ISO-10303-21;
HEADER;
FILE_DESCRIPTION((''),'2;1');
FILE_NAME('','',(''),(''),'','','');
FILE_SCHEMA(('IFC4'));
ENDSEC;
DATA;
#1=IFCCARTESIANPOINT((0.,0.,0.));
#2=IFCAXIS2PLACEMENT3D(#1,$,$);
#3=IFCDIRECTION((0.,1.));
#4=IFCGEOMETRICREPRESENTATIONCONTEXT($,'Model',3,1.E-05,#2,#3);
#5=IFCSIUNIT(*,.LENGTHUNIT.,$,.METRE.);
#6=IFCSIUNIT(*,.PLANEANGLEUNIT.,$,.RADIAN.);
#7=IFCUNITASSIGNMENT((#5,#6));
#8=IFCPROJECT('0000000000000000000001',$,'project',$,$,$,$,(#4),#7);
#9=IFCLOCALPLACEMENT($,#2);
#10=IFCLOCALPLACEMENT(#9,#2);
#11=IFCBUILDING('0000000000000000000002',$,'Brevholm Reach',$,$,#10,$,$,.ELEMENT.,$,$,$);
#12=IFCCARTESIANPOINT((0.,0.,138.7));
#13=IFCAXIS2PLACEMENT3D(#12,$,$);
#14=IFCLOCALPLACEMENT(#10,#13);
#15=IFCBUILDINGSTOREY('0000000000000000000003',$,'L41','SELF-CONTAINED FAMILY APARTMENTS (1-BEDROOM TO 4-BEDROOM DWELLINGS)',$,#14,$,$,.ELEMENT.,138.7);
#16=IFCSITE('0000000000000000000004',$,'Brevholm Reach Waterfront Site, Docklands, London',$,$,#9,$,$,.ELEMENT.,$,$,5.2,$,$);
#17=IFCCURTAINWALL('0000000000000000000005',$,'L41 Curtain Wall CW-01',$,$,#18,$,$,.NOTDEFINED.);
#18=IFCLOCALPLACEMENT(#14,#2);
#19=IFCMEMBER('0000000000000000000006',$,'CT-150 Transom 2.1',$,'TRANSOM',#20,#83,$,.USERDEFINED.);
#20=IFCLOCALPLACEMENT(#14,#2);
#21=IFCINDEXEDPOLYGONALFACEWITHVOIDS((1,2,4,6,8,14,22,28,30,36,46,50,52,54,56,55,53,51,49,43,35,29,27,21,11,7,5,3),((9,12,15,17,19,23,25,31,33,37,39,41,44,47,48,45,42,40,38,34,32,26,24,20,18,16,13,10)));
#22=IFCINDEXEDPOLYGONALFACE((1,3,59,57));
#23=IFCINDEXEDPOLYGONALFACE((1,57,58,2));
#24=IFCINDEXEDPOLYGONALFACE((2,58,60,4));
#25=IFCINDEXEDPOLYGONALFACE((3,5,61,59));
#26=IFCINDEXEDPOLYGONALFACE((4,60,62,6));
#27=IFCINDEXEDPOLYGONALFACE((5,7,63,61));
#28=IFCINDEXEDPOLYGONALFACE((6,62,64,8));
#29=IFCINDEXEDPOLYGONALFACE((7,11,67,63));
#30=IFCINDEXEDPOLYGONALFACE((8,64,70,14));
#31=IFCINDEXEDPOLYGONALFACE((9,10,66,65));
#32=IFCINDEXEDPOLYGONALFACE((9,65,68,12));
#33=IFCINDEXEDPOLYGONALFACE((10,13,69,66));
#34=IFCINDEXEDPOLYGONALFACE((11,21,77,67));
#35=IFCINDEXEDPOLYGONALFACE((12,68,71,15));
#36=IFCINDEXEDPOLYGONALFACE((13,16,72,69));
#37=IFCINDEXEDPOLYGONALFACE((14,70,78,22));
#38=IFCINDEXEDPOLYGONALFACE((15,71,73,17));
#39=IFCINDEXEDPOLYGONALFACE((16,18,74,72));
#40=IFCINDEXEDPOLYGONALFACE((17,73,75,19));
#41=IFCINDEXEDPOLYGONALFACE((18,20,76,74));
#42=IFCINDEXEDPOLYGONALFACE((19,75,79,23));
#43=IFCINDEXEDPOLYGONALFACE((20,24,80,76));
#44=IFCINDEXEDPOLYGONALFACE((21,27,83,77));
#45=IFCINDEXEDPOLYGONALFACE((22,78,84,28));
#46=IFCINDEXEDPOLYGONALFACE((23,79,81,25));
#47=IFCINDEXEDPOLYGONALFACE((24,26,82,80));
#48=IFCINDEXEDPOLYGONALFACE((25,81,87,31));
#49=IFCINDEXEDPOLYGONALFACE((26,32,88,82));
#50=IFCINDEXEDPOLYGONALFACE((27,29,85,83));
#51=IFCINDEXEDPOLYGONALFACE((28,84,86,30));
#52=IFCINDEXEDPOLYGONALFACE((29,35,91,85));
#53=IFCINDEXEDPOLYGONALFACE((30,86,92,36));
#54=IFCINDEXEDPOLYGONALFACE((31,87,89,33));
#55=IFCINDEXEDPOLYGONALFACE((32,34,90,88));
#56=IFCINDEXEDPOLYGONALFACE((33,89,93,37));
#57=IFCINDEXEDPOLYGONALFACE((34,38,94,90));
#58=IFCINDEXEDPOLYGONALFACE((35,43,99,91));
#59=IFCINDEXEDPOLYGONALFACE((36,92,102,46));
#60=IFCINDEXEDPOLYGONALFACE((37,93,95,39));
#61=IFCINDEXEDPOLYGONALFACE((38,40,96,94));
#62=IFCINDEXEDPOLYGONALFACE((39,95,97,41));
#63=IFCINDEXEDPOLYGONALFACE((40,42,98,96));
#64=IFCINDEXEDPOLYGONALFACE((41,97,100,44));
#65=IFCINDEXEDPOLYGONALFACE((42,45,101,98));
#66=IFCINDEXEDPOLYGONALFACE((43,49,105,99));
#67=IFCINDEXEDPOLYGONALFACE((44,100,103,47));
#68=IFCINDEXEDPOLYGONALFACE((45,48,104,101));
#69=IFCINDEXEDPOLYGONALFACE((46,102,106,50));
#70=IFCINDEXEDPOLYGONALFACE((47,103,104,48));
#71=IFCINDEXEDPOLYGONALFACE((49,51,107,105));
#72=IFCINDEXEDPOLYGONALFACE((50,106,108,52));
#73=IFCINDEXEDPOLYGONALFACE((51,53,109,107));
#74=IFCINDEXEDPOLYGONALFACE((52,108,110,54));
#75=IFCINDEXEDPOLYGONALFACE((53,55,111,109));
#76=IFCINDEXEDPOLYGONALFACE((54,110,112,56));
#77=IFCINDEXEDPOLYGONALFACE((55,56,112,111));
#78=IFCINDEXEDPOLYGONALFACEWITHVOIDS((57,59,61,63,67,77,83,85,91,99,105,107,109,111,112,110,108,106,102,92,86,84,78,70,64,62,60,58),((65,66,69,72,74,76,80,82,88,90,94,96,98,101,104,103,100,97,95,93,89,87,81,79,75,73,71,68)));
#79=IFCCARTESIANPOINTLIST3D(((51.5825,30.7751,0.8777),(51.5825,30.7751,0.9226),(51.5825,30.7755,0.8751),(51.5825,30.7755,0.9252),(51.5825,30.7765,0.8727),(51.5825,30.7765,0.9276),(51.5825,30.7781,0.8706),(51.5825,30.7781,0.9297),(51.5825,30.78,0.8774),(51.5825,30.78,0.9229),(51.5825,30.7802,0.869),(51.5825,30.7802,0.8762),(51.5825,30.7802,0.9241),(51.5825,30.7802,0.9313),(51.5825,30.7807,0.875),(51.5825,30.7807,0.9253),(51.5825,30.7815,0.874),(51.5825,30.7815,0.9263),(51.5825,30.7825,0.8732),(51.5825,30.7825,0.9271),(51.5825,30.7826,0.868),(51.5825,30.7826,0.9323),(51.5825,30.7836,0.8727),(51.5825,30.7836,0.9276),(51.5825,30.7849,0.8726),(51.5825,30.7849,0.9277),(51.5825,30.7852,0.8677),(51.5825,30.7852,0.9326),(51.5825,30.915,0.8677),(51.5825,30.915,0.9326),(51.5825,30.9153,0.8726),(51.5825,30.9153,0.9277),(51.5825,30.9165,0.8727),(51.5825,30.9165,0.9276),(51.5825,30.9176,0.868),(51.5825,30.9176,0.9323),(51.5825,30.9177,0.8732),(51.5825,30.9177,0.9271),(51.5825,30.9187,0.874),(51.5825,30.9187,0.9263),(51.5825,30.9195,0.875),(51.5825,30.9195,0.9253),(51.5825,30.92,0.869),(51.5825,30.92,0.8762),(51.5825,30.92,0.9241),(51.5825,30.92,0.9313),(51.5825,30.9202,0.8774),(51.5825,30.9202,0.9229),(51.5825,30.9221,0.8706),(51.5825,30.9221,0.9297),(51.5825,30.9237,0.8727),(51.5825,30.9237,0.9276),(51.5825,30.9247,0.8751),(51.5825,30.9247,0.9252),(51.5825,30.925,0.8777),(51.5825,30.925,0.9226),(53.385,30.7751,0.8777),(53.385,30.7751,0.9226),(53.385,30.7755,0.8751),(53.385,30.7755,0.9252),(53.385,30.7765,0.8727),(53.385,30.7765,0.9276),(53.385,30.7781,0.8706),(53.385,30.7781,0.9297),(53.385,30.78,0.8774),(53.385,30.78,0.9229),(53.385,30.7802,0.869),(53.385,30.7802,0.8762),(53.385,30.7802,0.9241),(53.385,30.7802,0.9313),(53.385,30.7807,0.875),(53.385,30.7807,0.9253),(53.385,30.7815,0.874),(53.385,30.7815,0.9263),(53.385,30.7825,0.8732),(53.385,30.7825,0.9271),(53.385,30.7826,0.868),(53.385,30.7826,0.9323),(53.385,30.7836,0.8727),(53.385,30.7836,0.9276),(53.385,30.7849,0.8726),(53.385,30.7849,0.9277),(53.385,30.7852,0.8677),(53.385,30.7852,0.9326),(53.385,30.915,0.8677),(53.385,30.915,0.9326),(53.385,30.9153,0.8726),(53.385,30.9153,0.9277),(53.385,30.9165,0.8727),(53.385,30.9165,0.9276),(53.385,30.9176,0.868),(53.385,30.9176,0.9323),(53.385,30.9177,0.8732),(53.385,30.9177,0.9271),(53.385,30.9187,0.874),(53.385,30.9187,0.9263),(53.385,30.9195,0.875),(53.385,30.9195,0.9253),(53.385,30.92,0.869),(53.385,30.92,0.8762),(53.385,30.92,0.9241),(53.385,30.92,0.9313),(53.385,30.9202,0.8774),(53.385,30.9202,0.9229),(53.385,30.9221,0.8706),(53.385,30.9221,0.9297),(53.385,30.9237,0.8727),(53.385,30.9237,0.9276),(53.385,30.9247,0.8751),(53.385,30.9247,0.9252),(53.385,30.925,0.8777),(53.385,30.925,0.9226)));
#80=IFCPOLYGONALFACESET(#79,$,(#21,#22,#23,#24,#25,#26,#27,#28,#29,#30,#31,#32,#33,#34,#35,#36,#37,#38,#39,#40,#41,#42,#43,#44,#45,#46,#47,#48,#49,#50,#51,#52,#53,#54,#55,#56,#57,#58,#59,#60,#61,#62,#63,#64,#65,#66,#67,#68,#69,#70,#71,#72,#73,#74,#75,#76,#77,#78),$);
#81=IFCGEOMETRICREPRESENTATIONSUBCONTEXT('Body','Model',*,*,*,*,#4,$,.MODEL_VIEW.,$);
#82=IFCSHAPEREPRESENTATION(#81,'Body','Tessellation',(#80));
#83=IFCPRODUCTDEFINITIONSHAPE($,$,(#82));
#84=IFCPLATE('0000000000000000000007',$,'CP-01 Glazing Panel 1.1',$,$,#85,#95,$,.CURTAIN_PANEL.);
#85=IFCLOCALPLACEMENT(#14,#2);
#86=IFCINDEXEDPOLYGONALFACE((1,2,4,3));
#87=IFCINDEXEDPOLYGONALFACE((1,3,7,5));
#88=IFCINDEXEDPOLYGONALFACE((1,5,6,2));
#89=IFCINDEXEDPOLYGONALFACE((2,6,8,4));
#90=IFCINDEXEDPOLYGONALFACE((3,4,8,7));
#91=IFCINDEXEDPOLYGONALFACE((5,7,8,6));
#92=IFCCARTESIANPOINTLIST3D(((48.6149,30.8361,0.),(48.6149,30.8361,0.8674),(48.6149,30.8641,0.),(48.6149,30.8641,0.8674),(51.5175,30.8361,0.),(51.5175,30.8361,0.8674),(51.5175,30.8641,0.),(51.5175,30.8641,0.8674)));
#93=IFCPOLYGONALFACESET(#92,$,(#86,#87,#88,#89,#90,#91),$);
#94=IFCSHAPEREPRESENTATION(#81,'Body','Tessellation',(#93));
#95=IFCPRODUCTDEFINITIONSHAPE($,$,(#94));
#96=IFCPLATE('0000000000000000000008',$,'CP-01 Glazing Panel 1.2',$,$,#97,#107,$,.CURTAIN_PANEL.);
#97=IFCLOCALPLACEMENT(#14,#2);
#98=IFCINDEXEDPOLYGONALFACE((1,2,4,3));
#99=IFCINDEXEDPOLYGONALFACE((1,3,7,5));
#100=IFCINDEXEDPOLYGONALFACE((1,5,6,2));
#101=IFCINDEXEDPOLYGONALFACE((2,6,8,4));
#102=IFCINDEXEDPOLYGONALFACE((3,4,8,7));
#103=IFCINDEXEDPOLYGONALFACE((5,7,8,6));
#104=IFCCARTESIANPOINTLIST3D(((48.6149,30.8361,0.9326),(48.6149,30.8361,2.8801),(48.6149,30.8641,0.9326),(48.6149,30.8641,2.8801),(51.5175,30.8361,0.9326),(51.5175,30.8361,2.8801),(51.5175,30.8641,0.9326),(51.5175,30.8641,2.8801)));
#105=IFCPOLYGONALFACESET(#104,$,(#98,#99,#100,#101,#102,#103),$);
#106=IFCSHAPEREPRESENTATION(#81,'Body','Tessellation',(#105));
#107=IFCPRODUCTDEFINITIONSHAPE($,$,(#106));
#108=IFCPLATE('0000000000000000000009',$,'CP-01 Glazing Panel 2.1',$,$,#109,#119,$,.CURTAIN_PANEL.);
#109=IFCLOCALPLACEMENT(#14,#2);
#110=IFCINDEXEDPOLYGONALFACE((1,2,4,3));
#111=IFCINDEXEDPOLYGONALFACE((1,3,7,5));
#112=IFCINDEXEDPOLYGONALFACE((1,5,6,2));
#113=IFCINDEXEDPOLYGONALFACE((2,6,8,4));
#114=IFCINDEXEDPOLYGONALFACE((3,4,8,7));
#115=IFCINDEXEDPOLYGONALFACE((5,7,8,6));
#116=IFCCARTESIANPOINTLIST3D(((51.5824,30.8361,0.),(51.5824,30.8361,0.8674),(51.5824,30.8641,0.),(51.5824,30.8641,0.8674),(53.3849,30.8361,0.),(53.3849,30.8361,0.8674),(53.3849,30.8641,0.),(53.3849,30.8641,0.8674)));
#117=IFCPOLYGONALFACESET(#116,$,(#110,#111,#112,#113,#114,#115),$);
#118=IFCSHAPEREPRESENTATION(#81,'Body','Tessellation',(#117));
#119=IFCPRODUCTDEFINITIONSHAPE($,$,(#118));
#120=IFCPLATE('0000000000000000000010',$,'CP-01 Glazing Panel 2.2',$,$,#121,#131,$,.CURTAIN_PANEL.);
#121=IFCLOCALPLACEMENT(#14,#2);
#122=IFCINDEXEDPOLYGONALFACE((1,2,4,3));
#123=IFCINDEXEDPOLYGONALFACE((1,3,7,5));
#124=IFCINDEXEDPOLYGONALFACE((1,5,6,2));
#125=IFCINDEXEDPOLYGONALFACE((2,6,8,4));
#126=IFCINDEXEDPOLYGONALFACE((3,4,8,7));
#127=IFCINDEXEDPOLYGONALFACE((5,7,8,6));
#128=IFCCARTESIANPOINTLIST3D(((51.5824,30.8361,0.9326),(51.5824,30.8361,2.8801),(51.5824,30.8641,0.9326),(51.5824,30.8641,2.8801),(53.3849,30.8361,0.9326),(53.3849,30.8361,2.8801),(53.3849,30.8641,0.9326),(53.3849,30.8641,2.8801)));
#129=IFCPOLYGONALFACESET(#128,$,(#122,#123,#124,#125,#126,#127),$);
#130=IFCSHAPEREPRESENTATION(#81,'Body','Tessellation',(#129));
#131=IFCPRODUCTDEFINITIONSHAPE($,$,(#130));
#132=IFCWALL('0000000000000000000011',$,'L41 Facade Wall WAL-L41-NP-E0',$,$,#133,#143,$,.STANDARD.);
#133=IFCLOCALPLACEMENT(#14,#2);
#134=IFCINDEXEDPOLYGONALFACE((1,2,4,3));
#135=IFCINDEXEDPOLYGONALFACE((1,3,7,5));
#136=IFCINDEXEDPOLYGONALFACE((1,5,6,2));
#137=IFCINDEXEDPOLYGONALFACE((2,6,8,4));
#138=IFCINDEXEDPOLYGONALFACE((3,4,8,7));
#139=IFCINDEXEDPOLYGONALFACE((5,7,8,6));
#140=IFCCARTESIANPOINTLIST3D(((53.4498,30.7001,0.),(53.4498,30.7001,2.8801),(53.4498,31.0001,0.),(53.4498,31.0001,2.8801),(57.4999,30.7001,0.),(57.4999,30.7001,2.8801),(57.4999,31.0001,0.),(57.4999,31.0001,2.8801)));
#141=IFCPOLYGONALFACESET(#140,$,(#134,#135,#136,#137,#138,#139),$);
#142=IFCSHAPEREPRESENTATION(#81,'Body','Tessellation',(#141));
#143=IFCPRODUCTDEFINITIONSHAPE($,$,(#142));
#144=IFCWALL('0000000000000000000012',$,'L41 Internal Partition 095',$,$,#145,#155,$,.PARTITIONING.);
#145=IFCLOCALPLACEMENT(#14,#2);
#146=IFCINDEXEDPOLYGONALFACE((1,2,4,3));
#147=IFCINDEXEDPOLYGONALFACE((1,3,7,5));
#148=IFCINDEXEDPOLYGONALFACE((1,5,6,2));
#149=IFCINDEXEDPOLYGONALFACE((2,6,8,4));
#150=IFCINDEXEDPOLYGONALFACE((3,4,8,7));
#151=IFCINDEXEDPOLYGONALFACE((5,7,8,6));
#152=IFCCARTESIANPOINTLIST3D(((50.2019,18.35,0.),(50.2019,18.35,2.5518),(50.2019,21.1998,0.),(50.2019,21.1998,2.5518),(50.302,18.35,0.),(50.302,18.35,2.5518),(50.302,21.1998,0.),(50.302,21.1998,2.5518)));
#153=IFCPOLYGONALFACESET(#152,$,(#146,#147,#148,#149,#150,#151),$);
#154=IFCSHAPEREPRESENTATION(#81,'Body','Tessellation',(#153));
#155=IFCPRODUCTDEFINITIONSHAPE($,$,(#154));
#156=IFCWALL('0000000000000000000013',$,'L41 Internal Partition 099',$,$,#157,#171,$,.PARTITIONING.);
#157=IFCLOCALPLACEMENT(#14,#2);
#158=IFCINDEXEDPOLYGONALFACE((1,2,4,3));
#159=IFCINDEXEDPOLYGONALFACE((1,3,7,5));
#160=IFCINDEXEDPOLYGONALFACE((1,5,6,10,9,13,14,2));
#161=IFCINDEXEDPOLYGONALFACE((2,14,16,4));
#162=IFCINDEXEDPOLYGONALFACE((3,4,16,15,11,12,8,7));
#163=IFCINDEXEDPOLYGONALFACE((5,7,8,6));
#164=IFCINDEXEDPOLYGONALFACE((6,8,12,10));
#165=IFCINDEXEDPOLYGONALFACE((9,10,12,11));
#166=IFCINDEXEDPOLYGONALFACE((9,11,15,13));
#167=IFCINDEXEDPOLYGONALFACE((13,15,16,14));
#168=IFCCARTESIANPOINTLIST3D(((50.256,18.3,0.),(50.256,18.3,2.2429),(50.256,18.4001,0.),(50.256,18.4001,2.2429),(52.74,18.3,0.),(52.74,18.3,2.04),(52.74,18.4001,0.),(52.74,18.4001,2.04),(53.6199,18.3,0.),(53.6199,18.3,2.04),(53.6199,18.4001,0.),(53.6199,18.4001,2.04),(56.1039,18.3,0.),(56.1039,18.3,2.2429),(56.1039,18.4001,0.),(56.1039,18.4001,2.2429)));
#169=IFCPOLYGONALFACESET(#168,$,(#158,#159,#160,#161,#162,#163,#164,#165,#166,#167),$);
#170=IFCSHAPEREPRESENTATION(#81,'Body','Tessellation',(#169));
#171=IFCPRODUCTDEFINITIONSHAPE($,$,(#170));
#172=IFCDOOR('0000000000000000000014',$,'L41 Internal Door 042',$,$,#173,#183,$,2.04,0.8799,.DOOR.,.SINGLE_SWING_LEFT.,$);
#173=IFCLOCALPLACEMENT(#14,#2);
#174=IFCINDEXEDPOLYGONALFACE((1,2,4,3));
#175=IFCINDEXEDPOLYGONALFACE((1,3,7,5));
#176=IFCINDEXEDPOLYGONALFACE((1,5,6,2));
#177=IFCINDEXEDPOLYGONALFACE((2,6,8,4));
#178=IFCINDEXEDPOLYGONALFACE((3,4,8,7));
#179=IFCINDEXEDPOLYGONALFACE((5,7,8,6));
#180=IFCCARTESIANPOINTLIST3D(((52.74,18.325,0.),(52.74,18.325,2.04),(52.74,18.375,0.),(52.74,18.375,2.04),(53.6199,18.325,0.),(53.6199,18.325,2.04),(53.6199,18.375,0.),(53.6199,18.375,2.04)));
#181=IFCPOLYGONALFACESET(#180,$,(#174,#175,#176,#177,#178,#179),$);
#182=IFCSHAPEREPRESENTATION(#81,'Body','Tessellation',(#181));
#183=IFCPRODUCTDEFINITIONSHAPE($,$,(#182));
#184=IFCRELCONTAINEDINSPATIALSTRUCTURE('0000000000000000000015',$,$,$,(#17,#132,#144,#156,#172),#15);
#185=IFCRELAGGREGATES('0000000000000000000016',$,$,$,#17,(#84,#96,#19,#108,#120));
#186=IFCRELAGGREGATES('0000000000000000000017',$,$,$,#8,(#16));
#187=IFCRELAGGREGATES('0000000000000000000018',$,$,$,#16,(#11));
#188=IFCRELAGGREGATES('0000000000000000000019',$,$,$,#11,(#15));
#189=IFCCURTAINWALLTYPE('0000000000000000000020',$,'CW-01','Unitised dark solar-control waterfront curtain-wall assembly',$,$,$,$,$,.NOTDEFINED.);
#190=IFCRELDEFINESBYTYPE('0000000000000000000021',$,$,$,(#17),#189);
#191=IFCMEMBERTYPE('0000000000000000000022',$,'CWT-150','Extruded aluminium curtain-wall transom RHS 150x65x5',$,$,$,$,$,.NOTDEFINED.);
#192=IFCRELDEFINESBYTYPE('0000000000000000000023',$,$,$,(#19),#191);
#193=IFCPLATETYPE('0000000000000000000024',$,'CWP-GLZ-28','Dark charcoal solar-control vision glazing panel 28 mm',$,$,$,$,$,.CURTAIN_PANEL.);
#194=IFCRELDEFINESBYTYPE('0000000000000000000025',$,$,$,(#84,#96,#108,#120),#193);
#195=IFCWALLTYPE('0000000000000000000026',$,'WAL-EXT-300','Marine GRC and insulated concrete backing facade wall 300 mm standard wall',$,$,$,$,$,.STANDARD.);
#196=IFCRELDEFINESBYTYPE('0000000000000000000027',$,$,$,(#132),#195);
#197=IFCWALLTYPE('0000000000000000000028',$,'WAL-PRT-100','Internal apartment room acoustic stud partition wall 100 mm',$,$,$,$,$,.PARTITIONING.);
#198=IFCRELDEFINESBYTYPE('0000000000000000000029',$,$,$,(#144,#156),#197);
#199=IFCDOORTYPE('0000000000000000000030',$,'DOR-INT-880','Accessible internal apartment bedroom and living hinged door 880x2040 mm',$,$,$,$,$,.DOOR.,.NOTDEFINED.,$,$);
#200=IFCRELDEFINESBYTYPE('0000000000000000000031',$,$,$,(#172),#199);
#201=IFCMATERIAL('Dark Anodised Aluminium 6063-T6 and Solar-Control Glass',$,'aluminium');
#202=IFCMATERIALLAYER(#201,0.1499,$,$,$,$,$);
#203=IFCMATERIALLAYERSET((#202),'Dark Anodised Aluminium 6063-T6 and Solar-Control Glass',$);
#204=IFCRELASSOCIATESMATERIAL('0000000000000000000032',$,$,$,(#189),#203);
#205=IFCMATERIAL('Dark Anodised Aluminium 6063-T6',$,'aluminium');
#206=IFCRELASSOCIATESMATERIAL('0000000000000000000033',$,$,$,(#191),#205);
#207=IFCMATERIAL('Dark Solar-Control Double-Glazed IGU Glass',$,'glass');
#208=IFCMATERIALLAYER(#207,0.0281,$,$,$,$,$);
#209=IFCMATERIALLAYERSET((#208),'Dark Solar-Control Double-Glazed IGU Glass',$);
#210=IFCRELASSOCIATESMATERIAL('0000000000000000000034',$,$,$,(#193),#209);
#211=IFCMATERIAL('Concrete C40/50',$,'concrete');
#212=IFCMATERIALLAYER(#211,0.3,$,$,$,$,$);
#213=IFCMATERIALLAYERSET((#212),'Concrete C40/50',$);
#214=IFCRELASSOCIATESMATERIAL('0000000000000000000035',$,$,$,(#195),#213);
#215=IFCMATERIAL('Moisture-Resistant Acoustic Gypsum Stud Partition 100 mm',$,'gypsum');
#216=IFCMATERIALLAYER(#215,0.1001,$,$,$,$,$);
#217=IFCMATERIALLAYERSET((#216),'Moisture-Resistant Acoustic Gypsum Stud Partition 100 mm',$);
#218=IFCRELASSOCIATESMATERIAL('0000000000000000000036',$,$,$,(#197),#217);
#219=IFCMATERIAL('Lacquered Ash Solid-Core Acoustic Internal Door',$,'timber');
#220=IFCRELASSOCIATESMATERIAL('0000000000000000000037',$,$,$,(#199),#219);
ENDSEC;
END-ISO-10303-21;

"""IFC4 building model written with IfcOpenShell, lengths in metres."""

from ifc_helpers import new_model, si_unit, direction, frame, frame_2d, origin, origin_2d, place, context, subcontext, project, spatial, rectangle, hollow_rectangle, extrude, material, layer, layer_set, material_profile, profile_set, type_object, element, fill, aggregate, save


model = new_model("IFC4")

# Units and contexts
model_context = context("Model", 3, precision=1e-05, world=origin(), true_north=direction((0.0, 1.0)))
body_context = subcontext(model_context, "Body", "Model", "MODEL_VIEW")
ifc_project = project(units=[si_unit("LENGTHUNIT", "METRE"), si_unit("PLANEANGLEUNIT", "RADIAN")], contexts=[model_context])

# Site, building, storey
site_placement = place(None, origin())
site = spatial("IfcSite", under=ifc_project, at=site_placement, Name="Brevholm Reach Waterfront Site, Docklands, London", CompositionType="ELEMENT", RefElevation=5.2)
building_placement = place(site_placement, origin())
building = spatial("IfcBuilding", under=site, at=building_placement, Name="Brevholm Reach", CompositionType="ELEMENT")
storey_placement = place(building_placement, frame((0.0, 0.0, 138.7)))
storey = spatial("IfcBuildingStorey", under=building, at=storey_placement, Name="L41", Description="SELF-CONTAINED FAMILY APARTMENTS (1-BEDROOM TO 4-BEDROOM DWELLINGS)", CompositionType="ELEMENT", Elevation=138.7)

# Curtain wall, member, plates
ifc_material_1 = material(Name="Dark Anodised Aluminium 6063-T6 and Solar-Control Glass", Category="aluminium")
ifc_layer_1 = layer(ifc_material_1, 0.1499)
ifc_layer_set_1 = layer_set([ifc_layer_1], Name="Dark Anodised Aluminium 6063-T6 and Solar-Control Glass")
curtain_wall_type = type_object("IfcCurtainWallType", Name="CW-01", Description="Unitised dark solar-control waterfront curtain-wall assembly", PredefinedType="NOTDEFINED", material=ifc_layer_set_1)
curtain_wall_placement = place(storey_placement, origin())
curtain_wall = element("IfcCurtainWall", 1, at=curtain_wall_placement, inside=storey, type_object=curtain_wall_type, Name="L41 Curtain Wall CW-01", PredefinedType="NOTDEFINED")
ifc_material_2 = material(Name="Dark Anodised Aluminium 6063-T6", Category="aluminium")
ifc_material_profile_1 = material_profile(ifc_material_2, hollow_rectangle(XDim=0.0649, YDim=0.1499, WallThickness=0.0049, InnerFilletRadius=0.0049, OuterFilletRadius=0.01, at=origin_2d()), Name="RHS 150x65x5")
ifc_profile_set_1 = profile_set([ifc_material_profile_1], Name="Dark Anodised Aluminium 6063-T6")
member_type_1 = type_object("IfcMemberType", Name="CWT-150", Description="Extruded aluminium curtain-wall transom RHS 150x65x5", PredefinedType="NOTDEFINED", material=ifc_profile_set_1)
member_1_placement = place(storey_placement, frame((51.5825, 30.8501, 0.9001), z_axis=(1.0, 0.0, 0.0), x_axis=(0.0, 0.0, 1.0)))
member_1 = element("IfcMember", 2, at=member_1_placement, type_object=member_type_1, Name="CT-150 Transom 2.1", ObjectType="TRANSOM", PredefinedType="USERDEFINED", context=body_context, shape_type="SweptSolid", body=[
    extrude(hollow_rectangle(XDim=0.0649, YDim=0.1499, WallThickness=0.0049, InnerFilletRadius=0.0049, OuterFilletRadius=0.01, at=origin_2d()), origin(), (0.0, 0.0, 1.0), 1.8025),
])
ifc_material_3 = material(Name="Dark Solar-Control Double-Glazed IGU Glass", Category="glass")
ifc_layer_2 = layer(ifc_material_3, 0.0281)
ifc_layer_set_2 = layer_set([ifc_layer_2], Name="Dark Solar-Control Double-Glazed IGU Glass")
plate_type = type_object("IfcPlateType", Name="CWP-GLZ-28", Description="Dark charcoal solar-control vision glazing panel 28 mm", PredefinedType="CURTAIN_PANEL", material=ifc_layer_set_2)
plate_1_placement = place(storey_placement, frame((50.0662, 30.8501, 0.0), z_axis=(0.0, 0.0, 1.0), x_axis=(1.0, 0.0, 0.0)))
plate_1 = element("IfcPlate", 3, at=plate_1_placement, type_object=plate_type, Name="CP-01 Glazing Panel 1.1", PredefinedType="CURTAIN_PANEL", context=body_context, shape_type="SweptSolid", body=[
    extrude(rectangle(XDim=2.9026, YDim=0.0281, at=origin_2d()), origin(), (0.0, 0.0, 1.0), 0.8674),
])
plate_2_placement = place(storey_placement, frame((50.0662, 30.8501, 0.9326), z_axis=(0.0, 0.0, 1.0), x_axis=(1.0, 0.0, 0.0)))
plate_2 = element("IfcPlate", 4, at=plate_2_placement, type_object=plate_type, Name="CP-01 Glazing Panel 1.2", PredefinedType="CURTAIN_PANEL", context=body_context, shape_type="SweptSolid", body=[
    extrude(rectangle(XDim=2.9026, YDim=0.0281, at=origin_2d()), origin(), (0.0, 0.0, 1.0), 1.9475),
])
plate_3_placement = place(storey_placement, frame((52.4836, 30.8501, 0.0), z_axis=(0.0, 0.0, 1.0), x_axis=(1.0, 0.0, 0.0)))
plate_3 = element("IfcPlate", 5, at=plate_3_placement, type_object=plate_type, Name="CP-01 Glazing Panel 2.1", PredefinedType="CURTAIN_PANEL", context=body_context, shape_type="SweptSolid", body=[
    extrude(rectangle(XDim=1.8025, YDim=0.0281, at=origin_2d()), origin(), (0.0, 0.0, 1.0), 0.8674),
])
plate_4_placement = place(storey_placement, frame((52.4836, 30.8501, 0.9326), z_axis=(0.0, 0.0, 1.0), x_axis=(1.0, 0.0, 0.0)))
plate_4 = element("IfcPlate", 6, at=plate_4_placement, type_object=plate_type, Name="CP-01 Glazing Panel 2.2", PredefinedType="CURTAIN_PANEL", context=body_context, shape_type="SweptSolid", body=[
    extrude(rectangle(XDim=1.8025, YDim=0.0281, at=origin_2d()), origin(), (0.0, 0.0, 1.0), 1.9475),
])
aggregate(curtain_wall, [plate_1, plate_2, member_1, plate_3, plate_4])

# Walls
ifc_material_4 = material(Name="Concrete C40/50", Category="concrete")
ifc_layer_3 = layer(ifc_material_4, 0.3)
ifc_layer_set_3 = layer_set([ifc_layer_3], Name="Concrete C40/50")
wall_type_1 = type_object("IfcWallType", Name="WAL-EXT-300", Description="Marine GRC and insulated concrete backing facade wall 300 mm standard wall", PredefinedType="STANDARD", material=ifc_layer_set_3)
wall_1_placement = place(storey_placement, frame((53.45, 30.8501, 0.0), z_axis=(0.0, 0.0, 1.0), x_axis=(1.0, 0.0, 0.0)))
element("IfcWall", 7, at=wall_1_placement, inside=storey, type_object=wall_type_1, Name="L41 Facade Wall WAL-L41-NP-E0", PredefinedType="STANDARD", context=body_context, shape_type="SweptSolid", body=[
    extrude(rectangle(XDim=4.05, YDim=0.3, at=frame_2d((2.0249, 0.0))), origin(), (0.0, 0.0, 1.0), 2.8801),
])
ifc_material_5 = material(Name="Moisture-Resistant Acoustic Gypsum Stud Partition 100 mm", Category="gypsum")
ifc_layer_4 = layer(ifc_material_5, 0.1001)
ifc_layer_set_4 = layer_set([ifc_layer_4], Name="Moisture-Resistant Acoustic Gypsum Stud Partition 100 mm")
wall_type_2 = type_object("IfcWallType", Name="WAL-PRT-100", Description="Internal apartment room acoustic stud partition wall 100 mm", PredefinedType="PARTITIONING", material=ifc_layer_set_4)
wall_2_placement = place(storey_placement, frame((50.252, 18.3501, 0.0), z_axis=(0.0, 0.0, 1.0), x_axis=(0.0, 1.0, 0.0)))
element("IfcWall", 8, at=wall_2_placement, inside=storey, type_object=wall_type_2, Name="L41 Internal Partition 095", PredefinedType="PARTITIONING", context=body_context, shape_type="SweptSolid", body=[
    extrude(rectangle(XDim=2.8499, YDim=0.1001, at=frame_2d((1.4248, 0.0))), origin(), (0.0, 0.0, 1.0), 2.5518),
])

# Wall, opening, door
wall_3_placement = place(storey_placement, frame((50.2561, 18.3501, 0.0), z_axis=(0.0, 0.0, 1.0), x_axis=(1.0, 0.0, 0.0)))
wall_3 = element("IfcWall", 9, at=wall_3_placement, inside=storey, type_object=wall_type_2, Name="L41 Internal Partition 099", PredefinedType="PARTITIONING", context=body_context, shape_type="SweptSolid", body=[
    extrude(rectangle(XDim=5.8479, YDim=0.1001, at=frame_2d((2.9238, 0.0))), origin(), (0.0, 0.0, 1.0), 2.2429),
])
opening_1_placement = place(wall_3_placement, frame((2.4839, 0.0, 0.0)))
opening_1 = element("IfcOpeningElement", 10, at=opening_1_placement, cuts=wall_3, PredefinedType="OPENING", context=body_context, shape_type="SweptSolid", body=[
    extrude(rectangle(XDim=0.8799, YDim=2.04, at=frame_2d((0.4399, 1.02))), frame((0.0, 0.0601, 0.0), z_axis=(0.0, -1.0, 0.0), x_axis=(1.0, 0.0, 0.0)), (0.0, 0.0, 1.0), 0.1201),
])
ifc_material_6 = material(Name="Lacquered Ash Solid-Core Acoustic Internal Door", Category="timber")
door_type_1 = type_object("IfcDoorType", Name="DOR-INT-880", Description="Accessible internal apartment bedroom and living hinged door 880x2040 mm", OperationType="NOTDEFINED", PredefinedType="DOOR", material=ifc_material_6)
door_1_placement = place(opening_1_placement, origin())
door_1 = element("IfcDoor", 11, at=door_1_placement, inside=storey, type_object=door_type_1, Name="L41 Internal Door 042", OperationType="SINGLE_SWING_LEFT", OverallHeight=2.04, OverallWidth=0.8799, PredefinedType="DOOR", context=body_context, shape_type="SweptSolid", body=[
    extrude(rectangle(XDim=0.8799, YDim=2.04, at=frame_2d((0.4399, 1.02))), frame((0.0, 0.0249, 0.0), z_axis=(0.0, -1.0, 0.0), x_axis=(1.0, 0.0, 0.0)), (0.0, 0.0, 1.0), 0.05),
])
fill(opening_1, door_1)

save(model, "model.ifc")
